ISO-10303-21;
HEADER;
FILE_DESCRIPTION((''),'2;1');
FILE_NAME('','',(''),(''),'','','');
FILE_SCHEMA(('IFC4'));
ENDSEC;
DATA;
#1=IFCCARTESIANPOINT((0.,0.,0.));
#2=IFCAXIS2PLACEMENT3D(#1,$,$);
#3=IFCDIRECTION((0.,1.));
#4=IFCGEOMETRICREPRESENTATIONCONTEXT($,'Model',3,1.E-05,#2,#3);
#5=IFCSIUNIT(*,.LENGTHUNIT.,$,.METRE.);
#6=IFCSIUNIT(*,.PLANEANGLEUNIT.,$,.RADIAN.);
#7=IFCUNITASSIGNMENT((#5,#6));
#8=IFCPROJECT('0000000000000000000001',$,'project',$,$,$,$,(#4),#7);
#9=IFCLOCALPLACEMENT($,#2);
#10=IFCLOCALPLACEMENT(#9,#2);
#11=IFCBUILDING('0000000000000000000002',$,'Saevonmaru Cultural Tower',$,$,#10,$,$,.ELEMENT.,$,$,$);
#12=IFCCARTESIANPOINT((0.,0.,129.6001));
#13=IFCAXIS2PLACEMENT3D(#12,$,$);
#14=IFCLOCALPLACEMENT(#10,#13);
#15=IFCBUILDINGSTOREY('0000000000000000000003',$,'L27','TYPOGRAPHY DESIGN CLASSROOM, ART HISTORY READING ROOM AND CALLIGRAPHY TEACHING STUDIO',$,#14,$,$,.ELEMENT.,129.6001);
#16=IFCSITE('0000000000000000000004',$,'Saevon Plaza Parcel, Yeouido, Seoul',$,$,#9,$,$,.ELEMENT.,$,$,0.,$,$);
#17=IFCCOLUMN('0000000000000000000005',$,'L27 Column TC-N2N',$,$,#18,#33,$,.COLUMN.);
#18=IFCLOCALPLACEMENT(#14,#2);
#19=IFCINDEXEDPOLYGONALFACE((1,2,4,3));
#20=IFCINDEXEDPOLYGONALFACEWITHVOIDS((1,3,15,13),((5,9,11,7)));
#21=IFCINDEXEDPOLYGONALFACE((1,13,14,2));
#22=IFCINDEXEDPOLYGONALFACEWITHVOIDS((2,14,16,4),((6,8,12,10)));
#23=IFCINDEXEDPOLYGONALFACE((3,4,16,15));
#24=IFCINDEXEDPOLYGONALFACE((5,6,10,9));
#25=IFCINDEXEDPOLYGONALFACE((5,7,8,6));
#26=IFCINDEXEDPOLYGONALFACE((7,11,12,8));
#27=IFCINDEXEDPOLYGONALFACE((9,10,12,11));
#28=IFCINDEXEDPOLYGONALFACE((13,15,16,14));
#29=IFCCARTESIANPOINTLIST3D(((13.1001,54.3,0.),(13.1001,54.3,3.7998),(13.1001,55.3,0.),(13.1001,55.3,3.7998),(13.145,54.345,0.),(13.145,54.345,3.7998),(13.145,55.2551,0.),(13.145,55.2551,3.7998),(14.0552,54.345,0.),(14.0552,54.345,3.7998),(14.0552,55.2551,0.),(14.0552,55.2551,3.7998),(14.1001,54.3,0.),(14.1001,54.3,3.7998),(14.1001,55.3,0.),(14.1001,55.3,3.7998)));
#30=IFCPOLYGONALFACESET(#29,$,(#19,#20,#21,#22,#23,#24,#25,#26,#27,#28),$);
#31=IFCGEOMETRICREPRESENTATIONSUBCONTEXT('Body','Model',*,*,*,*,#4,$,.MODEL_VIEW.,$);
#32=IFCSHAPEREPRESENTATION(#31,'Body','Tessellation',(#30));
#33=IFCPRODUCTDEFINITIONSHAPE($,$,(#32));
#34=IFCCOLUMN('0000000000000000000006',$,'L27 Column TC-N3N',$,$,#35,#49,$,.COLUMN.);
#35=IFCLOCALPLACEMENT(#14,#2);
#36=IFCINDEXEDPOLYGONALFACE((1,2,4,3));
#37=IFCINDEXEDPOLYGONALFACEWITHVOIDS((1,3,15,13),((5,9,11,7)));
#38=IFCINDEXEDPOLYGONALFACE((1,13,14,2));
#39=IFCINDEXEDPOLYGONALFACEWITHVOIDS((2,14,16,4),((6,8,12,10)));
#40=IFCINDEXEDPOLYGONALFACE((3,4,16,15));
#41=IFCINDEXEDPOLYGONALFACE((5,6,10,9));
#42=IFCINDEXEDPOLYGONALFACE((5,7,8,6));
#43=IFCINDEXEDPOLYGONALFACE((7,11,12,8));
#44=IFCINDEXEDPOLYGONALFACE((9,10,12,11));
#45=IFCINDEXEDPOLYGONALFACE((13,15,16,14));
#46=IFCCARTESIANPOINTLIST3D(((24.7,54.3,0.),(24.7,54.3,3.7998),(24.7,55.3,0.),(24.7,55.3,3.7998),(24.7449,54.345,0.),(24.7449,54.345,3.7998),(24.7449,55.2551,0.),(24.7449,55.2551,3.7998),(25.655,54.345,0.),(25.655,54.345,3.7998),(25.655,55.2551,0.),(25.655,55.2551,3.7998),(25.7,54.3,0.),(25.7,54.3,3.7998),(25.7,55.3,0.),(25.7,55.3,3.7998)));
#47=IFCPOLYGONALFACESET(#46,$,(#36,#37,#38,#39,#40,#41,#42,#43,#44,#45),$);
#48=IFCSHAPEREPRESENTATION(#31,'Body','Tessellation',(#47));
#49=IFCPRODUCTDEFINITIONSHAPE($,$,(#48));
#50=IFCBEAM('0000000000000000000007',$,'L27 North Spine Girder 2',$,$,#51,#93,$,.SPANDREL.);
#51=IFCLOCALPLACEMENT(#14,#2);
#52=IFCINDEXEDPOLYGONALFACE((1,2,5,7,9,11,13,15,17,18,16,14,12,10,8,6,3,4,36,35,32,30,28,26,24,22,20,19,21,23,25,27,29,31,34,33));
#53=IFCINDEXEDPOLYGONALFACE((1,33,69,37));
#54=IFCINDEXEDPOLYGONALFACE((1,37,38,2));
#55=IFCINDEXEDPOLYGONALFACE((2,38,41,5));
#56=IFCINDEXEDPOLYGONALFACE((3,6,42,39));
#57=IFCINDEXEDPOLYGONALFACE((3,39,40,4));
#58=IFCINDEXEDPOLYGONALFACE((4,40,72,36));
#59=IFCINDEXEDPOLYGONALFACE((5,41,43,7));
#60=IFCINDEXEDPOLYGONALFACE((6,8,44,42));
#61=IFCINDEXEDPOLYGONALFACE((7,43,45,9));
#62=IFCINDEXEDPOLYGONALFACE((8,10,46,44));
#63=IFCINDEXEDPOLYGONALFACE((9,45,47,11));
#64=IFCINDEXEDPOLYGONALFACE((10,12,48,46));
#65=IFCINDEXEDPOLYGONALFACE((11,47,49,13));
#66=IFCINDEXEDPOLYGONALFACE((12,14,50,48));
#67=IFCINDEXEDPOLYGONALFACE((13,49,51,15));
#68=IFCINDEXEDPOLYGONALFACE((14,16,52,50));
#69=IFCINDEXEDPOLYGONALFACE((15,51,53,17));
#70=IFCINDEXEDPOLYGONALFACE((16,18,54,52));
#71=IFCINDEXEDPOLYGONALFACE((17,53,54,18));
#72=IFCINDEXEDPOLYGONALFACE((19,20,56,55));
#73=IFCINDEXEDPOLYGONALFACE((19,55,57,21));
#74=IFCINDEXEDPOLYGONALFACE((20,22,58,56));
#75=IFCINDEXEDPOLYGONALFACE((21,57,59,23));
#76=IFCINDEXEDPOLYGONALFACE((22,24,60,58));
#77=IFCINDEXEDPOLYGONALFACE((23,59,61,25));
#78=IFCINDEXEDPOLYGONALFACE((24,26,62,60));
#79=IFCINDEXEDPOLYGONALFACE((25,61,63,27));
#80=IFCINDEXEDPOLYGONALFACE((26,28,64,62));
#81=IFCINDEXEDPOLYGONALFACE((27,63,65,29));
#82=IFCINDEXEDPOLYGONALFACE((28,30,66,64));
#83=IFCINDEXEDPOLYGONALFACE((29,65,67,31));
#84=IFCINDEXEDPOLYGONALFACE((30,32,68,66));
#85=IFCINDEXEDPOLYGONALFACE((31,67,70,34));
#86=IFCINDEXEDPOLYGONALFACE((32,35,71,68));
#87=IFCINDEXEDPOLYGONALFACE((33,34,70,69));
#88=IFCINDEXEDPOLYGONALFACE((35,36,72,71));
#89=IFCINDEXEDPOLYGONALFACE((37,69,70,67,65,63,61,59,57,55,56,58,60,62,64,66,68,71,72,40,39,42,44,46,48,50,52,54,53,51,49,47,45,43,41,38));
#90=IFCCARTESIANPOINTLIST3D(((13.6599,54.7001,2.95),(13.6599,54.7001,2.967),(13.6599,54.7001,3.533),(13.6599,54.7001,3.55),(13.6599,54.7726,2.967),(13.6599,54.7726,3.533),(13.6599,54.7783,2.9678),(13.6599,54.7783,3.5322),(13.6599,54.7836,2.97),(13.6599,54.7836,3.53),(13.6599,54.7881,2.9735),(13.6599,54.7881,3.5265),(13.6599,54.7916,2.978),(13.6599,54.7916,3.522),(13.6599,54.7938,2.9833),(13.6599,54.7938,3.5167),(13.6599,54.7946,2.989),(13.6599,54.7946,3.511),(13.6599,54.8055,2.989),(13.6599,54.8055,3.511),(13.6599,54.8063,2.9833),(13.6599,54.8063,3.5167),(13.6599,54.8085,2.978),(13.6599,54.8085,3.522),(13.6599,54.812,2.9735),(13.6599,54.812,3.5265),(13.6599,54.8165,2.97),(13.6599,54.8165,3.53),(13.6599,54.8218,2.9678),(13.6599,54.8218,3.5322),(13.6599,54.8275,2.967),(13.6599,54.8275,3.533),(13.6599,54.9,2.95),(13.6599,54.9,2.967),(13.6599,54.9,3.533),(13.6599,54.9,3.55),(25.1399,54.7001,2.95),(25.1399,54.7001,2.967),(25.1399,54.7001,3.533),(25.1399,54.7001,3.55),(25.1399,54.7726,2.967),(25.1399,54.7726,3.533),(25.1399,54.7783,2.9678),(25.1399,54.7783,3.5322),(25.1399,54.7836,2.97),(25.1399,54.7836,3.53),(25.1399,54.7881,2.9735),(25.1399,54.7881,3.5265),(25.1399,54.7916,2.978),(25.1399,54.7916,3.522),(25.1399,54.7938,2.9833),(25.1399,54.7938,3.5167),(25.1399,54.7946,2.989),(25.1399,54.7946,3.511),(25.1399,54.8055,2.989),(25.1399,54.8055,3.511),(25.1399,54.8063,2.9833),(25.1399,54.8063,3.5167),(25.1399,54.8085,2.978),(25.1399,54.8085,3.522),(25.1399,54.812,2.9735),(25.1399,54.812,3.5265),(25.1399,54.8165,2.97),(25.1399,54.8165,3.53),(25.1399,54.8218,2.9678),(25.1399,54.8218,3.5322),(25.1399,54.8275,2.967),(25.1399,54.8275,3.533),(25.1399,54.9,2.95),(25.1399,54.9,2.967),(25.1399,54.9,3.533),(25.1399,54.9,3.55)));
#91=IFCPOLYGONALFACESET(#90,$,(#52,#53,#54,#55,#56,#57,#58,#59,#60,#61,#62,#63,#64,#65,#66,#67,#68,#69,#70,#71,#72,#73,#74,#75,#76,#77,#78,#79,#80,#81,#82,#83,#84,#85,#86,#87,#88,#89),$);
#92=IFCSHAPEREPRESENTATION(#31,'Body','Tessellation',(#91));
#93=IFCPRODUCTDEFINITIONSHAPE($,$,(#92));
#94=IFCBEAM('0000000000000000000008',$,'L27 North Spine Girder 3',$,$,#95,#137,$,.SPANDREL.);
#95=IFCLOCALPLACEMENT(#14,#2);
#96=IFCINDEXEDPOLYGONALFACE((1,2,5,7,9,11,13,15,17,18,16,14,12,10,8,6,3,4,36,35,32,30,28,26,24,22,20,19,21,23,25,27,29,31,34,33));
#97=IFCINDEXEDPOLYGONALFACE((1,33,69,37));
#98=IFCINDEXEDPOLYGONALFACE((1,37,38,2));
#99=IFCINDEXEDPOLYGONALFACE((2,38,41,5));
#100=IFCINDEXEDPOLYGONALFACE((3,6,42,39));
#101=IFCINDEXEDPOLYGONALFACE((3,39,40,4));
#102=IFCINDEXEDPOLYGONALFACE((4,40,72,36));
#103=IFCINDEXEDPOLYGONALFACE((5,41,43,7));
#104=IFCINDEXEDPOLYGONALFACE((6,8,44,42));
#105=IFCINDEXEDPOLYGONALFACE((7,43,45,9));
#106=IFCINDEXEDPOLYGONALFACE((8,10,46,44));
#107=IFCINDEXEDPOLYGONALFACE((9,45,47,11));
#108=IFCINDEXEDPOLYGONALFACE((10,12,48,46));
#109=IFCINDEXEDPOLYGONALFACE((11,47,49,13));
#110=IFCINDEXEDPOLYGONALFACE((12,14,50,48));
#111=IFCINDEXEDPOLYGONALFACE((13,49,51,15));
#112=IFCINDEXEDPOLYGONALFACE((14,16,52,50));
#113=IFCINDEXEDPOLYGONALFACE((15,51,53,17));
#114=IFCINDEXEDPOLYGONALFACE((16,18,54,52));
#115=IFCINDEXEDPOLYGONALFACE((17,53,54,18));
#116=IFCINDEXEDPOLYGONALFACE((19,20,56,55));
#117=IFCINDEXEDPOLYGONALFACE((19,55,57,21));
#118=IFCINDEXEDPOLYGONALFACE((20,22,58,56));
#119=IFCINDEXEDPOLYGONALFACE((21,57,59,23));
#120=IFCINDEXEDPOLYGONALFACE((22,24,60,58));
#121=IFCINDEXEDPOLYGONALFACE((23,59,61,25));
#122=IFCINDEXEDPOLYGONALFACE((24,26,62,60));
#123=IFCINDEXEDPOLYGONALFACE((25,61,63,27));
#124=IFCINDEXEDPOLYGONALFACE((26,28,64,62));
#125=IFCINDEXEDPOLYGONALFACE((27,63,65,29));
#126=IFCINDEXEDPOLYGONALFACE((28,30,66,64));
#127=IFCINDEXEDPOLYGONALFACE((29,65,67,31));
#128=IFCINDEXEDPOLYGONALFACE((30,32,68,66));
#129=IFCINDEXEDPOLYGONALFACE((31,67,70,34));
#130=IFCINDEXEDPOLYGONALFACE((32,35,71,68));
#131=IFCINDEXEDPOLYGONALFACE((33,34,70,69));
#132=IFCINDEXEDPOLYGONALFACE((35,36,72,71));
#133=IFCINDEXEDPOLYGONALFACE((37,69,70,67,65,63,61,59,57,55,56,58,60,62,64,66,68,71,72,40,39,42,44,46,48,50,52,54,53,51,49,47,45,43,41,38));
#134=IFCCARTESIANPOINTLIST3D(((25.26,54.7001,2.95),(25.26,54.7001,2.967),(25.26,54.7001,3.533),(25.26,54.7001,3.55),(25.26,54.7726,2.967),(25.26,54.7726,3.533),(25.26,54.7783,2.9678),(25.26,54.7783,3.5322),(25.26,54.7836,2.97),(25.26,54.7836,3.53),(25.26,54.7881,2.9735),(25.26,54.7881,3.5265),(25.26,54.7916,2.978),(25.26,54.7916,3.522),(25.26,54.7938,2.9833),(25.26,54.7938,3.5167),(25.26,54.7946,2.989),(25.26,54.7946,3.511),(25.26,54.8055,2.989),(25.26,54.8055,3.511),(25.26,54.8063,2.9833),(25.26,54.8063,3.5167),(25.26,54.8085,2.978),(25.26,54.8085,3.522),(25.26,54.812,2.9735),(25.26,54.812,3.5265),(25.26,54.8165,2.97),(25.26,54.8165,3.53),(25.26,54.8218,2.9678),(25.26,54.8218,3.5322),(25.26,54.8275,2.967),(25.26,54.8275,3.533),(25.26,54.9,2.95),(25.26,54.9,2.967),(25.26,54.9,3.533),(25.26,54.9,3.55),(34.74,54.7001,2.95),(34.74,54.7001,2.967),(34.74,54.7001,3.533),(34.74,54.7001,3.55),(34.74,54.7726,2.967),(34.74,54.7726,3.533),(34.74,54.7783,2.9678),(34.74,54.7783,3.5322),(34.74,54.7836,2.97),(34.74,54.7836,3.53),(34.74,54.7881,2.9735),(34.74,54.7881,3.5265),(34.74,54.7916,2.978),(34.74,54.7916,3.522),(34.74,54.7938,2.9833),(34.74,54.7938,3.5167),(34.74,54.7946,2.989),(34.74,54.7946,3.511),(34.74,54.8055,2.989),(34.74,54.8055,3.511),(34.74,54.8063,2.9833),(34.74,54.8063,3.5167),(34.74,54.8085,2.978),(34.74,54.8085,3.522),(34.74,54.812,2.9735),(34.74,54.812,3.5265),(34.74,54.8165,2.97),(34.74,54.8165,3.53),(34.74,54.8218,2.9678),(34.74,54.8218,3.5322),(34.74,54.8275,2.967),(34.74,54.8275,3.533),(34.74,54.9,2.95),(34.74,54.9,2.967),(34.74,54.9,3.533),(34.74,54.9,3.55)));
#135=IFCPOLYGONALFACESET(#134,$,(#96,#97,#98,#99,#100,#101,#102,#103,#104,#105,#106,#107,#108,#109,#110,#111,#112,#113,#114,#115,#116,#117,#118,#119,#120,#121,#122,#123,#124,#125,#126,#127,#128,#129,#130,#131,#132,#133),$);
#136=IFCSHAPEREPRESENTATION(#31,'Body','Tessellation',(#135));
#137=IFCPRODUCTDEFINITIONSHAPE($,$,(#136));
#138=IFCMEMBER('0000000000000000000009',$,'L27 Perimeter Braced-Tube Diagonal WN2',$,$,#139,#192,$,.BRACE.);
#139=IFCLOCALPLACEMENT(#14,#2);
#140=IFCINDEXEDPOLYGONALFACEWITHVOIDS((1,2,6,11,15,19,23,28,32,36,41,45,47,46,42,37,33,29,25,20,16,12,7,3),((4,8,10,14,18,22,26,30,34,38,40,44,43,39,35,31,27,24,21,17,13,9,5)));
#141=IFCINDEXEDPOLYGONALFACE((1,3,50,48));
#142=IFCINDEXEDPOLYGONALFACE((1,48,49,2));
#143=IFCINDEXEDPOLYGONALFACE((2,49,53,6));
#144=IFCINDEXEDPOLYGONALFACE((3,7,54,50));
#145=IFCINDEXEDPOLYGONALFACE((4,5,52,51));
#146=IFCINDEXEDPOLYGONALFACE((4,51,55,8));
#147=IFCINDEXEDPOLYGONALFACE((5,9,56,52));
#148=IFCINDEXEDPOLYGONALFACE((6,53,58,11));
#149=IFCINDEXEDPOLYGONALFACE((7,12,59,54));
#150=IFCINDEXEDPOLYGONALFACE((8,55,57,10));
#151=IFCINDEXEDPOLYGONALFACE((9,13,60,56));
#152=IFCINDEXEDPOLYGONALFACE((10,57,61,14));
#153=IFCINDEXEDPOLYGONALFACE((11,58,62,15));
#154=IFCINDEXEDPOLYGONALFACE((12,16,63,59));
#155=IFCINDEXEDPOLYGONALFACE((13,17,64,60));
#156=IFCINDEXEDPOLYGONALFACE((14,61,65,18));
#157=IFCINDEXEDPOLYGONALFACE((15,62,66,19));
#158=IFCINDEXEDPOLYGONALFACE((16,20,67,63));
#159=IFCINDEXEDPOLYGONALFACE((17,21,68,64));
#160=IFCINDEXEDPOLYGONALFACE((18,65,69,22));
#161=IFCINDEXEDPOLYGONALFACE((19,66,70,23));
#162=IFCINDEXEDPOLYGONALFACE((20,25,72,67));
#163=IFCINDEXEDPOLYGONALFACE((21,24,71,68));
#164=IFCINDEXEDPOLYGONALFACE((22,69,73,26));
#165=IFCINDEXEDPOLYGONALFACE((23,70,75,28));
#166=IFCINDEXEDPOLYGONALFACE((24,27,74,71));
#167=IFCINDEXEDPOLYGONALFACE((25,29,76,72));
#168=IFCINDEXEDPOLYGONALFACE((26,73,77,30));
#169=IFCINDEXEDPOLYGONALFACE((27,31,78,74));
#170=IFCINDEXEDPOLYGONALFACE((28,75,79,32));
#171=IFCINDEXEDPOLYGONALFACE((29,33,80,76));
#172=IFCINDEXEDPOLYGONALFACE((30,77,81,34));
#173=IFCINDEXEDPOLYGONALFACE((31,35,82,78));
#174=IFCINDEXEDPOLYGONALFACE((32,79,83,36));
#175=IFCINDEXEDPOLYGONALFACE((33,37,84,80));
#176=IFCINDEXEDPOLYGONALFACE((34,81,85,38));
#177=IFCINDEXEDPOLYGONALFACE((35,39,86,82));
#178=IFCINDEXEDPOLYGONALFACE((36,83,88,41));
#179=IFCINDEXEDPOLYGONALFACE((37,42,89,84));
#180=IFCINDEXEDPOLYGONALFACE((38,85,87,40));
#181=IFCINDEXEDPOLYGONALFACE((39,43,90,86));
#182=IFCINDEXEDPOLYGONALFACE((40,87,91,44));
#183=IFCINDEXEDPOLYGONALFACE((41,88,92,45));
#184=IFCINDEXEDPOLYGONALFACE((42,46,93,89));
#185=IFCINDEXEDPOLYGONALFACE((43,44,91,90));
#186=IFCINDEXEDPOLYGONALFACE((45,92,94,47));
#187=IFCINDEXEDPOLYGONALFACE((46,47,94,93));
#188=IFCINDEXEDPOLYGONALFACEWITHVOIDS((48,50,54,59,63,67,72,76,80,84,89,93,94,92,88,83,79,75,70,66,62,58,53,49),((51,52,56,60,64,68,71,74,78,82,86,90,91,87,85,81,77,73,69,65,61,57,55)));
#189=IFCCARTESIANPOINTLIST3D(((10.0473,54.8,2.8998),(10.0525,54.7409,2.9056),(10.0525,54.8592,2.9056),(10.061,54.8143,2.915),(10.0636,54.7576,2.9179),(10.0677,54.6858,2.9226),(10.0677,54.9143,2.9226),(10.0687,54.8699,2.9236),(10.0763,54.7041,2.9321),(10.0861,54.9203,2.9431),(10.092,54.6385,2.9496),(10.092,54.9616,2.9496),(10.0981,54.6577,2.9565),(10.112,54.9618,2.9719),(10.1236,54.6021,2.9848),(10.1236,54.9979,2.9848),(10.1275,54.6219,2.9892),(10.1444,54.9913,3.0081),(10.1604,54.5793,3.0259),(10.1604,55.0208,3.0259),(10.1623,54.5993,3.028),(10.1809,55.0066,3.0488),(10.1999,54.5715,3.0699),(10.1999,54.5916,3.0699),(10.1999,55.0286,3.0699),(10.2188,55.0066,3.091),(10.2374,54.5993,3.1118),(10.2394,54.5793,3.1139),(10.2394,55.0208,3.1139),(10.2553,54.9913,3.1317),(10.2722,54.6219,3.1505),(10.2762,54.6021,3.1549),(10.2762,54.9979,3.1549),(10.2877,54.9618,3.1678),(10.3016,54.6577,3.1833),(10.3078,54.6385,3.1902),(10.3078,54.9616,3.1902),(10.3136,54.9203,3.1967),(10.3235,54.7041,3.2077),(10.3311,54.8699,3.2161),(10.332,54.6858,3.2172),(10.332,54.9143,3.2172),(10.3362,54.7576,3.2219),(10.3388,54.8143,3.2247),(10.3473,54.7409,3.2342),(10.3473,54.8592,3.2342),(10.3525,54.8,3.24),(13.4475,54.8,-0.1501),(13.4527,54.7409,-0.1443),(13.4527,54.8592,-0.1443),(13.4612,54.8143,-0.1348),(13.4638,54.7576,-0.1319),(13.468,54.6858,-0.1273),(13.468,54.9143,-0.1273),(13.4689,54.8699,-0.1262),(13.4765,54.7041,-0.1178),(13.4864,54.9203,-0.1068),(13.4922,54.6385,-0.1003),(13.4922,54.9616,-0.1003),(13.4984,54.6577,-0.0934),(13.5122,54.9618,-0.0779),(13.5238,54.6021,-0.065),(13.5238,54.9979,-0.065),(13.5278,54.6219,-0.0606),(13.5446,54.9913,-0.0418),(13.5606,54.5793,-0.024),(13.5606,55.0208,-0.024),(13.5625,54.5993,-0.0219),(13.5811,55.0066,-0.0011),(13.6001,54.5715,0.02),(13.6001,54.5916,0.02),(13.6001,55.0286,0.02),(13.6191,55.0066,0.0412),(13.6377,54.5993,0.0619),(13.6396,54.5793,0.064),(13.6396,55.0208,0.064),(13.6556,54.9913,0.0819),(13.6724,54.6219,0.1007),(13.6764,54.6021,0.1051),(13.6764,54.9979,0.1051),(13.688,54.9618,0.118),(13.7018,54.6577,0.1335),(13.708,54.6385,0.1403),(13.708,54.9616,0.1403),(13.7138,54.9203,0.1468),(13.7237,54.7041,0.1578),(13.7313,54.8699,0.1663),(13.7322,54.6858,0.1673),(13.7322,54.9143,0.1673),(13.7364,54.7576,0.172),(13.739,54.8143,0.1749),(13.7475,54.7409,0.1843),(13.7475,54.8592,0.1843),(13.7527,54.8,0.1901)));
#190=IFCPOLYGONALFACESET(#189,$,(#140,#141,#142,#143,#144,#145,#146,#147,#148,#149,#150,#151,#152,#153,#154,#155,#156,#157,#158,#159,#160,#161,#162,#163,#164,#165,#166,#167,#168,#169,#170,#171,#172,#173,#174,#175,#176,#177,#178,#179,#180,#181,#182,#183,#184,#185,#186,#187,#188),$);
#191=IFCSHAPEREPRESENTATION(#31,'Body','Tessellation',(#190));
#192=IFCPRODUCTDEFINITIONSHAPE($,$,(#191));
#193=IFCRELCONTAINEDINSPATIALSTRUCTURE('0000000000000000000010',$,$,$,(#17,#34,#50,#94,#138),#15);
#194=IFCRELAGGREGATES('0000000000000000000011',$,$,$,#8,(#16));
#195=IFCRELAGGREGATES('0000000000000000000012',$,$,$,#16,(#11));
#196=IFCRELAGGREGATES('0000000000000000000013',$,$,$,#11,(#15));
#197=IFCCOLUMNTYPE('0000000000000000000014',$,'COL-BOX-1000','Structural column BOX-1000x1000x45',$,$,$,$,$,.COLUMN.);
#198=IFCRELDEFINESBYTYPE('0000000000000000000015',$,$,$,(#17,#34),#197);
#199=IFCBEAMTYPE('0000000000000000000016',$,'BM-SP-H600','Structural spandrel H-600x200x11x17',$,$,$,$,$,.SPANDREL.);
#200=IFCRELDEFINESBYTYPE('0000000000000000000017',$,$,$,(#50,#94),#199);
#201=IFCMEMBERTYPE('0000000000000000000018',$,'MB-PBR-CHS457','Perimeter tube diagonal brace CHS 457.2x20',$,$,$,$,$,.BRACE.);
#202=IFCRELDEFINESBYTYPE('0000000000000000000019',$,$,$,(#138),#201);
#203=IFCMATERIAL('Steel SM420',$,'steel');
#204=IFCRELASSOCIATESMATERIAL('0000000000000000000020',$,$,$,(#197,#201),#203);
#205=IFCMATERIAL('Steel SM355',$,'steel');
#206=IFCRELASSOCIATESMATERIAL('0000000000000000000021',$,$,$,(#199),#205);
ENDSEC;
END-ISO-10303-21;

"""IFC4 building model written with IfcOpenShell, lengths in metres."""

from ifc_helpers import new_model, si_unit, direction, frame, origin, origin_2d, place, context, subcontext, project, spatial, hollow_rectangle, hollow_circle, i_section, extrude, material, material_profile, profile_set, type_object, element, save


model = new_model("IFC4")

# Units and contexts
model_context = context("Model", 3, precision=1e-05, world=origin(), true_north=direction((0.0, 1.0)))
body_context = subcontext(model_context, "Body", "Model", "MODEL_VIEW")
ifc_project = project(units=[si_unit("LENGTHUNIT", "METRE"), si_unit("PLANEANGLEUNIT", "RADIAN")], contexts=[model_context])

# Site, building, storey
site_placement = place(None, origin())
site = spatial("IfcSite", under=ifc_project, at=site_placement, Name="Saevon Plaza Parcel, Yeouido, Seoul", CompositionType="ELEMENT", RefElevation=0.0)
building_placement = place(site_placement, origin())
building = spatial("IfcBuilding", under=site, at=building_placement, Name="Saevonmaru Cultural Tower", CompositionType="ELEMENT")
storey_placement = place(building_placement, frame((0.0, 0.0, 129.6001)))
storey = spatial("IfcBuildingStorey", under=building, at=storey_placement, Name="L27", Description="TYPOGRAPHY DESIGN CLASSROOM, ART HISTORY READING ROOM AND CALLIGRAPHY TEACHING STUDIO", CompositionType="ELEMENT", Elevation=129.6001)

# Columns
ifc_material_1 = material(Name="Steel SM420", Category="steel")
ifc_material_profile_1 = material_profile(ifc_material_1, hollow_rectangle(XDim=1.0, YDim=1.0, WallThickness=0.0449, at=origin_2d()), Name="BOX-1000x1000x45")
ifc_profile_set_1 = profile_set([ifc_material_profile_1], Name="Steel SM420")
column_type = type_object("IfcColumnType", Name="COL-BOX-1000", Description="Structural column BOX-1000x1000x45", PredefinedType="COLUMN", material=ifc_profile_set_1)
for number, where, z_axis, x_axis, name in (
    (1, (13.6001, 54.8, 0.0), (0.0, 0.0, 1.0), (1.0, 0.0, 0.0), "L27 Column TC-N2N"),
    (2, (25.2, 54.8, 0.0), (0.0, 0.0, 1.0), (1.0, 0.0, 0.0), "L27 Column TC-N3N"),
):
    element("IfcColumn", number, at=place(storey_placement, frame(where, z_axis=z_axis, x_axis=x_axis)), inside=storey, type_object=column_type, Name=name, PredefinedType="COLUMN", context=body_context, shape_type="SweptSolid", body=[
        extrude(hollow_rectangle(XDim=1.0, YDim=1.0, WallThickness=0.0449, at=origin_2d()), origin(), (0.0, 0.0, 1.0), 3.7998),
    ])

# Beams
ifc_material_2 = material(Name="Steel SM355", Category="steel")
ifc_material_profile_2 = material_profile(ifc_material_2, i_section(OverallWidth=0.2, OverallDepth=0.6001, WebThickness=0.011, FlangeThickness=0.0171, FilletRadius=0.022, at=origin_2d()), Name="H-600x200x11x17")
ifc_profile_set_2 = profile_set([ifc_material_profile_2], Name="Steel SM355")
beam_type = type_object("IfcBeamType", Name="BM-SP-H600", Description="Structural spandrel H-600x200x11x17", PredefinedType="SPANDREL", material=ifc_profile_set_2)
beam_1_placement = place(storey_placement, frame((13.6599, 54.8, 3.25), z_axis=(1.0, 0.0, 0.0), x_axis=(0.0, 1.0, 0.0)))
element("IfcBeam", 3, at=beam_1_placement, inside=storey, type_object=beam_type, Name="L27 North Spine Girder 2", PredefinedType="SPANDREL", context=body_context, shape_type="SweptSolid", body=[
    extrude(i_section(OverallWidth=0.2, OverallDepth=0.6001, WebThickness=0.011, FlangeThickness=0.0171, FilletRadius=0.022, at=origin_2d()), origin(), (0.0, 0.0, 1.0), 11.48),
])
beam_2_placement = place(storey_placement, frame((25.26, 54.8, 3.25), z_axis=(1.0, 0.0, 0.0), x_axis=(0.0, 1.0, 0.0)))
element("IfcBeam", 4, at=beam_2_placement, inside=storey, type_object=beam_type, Name="L27 North Spine Girder 3", PredefinedType="SPANDREL", context=body_context, shape_type="SweptSolid", body=[
    extrude(i_section(OverallWidth=0.2, OverallDepth=0.6001, WebThickness=0.011, FlangeThickness=0.0171, FilletRadius=0.022, at=origin_2d()), origin(), (0.0, 0.0, 1.0), 9.48),
])

# Member
ifc_material_profile_3 = material_profile(ifc_material_1, hollow_circle(Radius=0.2285, WallThickness=0.02, at=origin_2d()), Name="CHS-457.2x20")
ifc_profile_set_3 = profile_set([ifc_material_profile_3], Name="Steel SM420")
member_type_1 = type_object("IfcMemberType", Name="MB-PBR-CHS457", Description="Perimeter tube diagonal brace CHS 457.2x20", PredefinedType="BRACE", material=ifc_profile_set_3)
member_1_placement = place(storey_placement, frame((13.6001, 54.8, 0.02), z_axis=(-0.744417, 0.0, 0.667715), x_axis=(0.0, -1.0, 0.0)))
element("IfcMember", 5, at=member_1_placement, inside=storey, type_object=member_type_1, Name="L27 Perimeter Braced-Tube Diagonal WN2", PredefinedType="BRACE", context=body_context, shape_type="SweptSolid", body=[
    extrude(hollow_circle(Radius=0.2285, WallThickness=0.02, at=origin_2d()), origin(), (0.0, 0.0, 1.0), 4.5676),
])

save(model, "model.ifc")
